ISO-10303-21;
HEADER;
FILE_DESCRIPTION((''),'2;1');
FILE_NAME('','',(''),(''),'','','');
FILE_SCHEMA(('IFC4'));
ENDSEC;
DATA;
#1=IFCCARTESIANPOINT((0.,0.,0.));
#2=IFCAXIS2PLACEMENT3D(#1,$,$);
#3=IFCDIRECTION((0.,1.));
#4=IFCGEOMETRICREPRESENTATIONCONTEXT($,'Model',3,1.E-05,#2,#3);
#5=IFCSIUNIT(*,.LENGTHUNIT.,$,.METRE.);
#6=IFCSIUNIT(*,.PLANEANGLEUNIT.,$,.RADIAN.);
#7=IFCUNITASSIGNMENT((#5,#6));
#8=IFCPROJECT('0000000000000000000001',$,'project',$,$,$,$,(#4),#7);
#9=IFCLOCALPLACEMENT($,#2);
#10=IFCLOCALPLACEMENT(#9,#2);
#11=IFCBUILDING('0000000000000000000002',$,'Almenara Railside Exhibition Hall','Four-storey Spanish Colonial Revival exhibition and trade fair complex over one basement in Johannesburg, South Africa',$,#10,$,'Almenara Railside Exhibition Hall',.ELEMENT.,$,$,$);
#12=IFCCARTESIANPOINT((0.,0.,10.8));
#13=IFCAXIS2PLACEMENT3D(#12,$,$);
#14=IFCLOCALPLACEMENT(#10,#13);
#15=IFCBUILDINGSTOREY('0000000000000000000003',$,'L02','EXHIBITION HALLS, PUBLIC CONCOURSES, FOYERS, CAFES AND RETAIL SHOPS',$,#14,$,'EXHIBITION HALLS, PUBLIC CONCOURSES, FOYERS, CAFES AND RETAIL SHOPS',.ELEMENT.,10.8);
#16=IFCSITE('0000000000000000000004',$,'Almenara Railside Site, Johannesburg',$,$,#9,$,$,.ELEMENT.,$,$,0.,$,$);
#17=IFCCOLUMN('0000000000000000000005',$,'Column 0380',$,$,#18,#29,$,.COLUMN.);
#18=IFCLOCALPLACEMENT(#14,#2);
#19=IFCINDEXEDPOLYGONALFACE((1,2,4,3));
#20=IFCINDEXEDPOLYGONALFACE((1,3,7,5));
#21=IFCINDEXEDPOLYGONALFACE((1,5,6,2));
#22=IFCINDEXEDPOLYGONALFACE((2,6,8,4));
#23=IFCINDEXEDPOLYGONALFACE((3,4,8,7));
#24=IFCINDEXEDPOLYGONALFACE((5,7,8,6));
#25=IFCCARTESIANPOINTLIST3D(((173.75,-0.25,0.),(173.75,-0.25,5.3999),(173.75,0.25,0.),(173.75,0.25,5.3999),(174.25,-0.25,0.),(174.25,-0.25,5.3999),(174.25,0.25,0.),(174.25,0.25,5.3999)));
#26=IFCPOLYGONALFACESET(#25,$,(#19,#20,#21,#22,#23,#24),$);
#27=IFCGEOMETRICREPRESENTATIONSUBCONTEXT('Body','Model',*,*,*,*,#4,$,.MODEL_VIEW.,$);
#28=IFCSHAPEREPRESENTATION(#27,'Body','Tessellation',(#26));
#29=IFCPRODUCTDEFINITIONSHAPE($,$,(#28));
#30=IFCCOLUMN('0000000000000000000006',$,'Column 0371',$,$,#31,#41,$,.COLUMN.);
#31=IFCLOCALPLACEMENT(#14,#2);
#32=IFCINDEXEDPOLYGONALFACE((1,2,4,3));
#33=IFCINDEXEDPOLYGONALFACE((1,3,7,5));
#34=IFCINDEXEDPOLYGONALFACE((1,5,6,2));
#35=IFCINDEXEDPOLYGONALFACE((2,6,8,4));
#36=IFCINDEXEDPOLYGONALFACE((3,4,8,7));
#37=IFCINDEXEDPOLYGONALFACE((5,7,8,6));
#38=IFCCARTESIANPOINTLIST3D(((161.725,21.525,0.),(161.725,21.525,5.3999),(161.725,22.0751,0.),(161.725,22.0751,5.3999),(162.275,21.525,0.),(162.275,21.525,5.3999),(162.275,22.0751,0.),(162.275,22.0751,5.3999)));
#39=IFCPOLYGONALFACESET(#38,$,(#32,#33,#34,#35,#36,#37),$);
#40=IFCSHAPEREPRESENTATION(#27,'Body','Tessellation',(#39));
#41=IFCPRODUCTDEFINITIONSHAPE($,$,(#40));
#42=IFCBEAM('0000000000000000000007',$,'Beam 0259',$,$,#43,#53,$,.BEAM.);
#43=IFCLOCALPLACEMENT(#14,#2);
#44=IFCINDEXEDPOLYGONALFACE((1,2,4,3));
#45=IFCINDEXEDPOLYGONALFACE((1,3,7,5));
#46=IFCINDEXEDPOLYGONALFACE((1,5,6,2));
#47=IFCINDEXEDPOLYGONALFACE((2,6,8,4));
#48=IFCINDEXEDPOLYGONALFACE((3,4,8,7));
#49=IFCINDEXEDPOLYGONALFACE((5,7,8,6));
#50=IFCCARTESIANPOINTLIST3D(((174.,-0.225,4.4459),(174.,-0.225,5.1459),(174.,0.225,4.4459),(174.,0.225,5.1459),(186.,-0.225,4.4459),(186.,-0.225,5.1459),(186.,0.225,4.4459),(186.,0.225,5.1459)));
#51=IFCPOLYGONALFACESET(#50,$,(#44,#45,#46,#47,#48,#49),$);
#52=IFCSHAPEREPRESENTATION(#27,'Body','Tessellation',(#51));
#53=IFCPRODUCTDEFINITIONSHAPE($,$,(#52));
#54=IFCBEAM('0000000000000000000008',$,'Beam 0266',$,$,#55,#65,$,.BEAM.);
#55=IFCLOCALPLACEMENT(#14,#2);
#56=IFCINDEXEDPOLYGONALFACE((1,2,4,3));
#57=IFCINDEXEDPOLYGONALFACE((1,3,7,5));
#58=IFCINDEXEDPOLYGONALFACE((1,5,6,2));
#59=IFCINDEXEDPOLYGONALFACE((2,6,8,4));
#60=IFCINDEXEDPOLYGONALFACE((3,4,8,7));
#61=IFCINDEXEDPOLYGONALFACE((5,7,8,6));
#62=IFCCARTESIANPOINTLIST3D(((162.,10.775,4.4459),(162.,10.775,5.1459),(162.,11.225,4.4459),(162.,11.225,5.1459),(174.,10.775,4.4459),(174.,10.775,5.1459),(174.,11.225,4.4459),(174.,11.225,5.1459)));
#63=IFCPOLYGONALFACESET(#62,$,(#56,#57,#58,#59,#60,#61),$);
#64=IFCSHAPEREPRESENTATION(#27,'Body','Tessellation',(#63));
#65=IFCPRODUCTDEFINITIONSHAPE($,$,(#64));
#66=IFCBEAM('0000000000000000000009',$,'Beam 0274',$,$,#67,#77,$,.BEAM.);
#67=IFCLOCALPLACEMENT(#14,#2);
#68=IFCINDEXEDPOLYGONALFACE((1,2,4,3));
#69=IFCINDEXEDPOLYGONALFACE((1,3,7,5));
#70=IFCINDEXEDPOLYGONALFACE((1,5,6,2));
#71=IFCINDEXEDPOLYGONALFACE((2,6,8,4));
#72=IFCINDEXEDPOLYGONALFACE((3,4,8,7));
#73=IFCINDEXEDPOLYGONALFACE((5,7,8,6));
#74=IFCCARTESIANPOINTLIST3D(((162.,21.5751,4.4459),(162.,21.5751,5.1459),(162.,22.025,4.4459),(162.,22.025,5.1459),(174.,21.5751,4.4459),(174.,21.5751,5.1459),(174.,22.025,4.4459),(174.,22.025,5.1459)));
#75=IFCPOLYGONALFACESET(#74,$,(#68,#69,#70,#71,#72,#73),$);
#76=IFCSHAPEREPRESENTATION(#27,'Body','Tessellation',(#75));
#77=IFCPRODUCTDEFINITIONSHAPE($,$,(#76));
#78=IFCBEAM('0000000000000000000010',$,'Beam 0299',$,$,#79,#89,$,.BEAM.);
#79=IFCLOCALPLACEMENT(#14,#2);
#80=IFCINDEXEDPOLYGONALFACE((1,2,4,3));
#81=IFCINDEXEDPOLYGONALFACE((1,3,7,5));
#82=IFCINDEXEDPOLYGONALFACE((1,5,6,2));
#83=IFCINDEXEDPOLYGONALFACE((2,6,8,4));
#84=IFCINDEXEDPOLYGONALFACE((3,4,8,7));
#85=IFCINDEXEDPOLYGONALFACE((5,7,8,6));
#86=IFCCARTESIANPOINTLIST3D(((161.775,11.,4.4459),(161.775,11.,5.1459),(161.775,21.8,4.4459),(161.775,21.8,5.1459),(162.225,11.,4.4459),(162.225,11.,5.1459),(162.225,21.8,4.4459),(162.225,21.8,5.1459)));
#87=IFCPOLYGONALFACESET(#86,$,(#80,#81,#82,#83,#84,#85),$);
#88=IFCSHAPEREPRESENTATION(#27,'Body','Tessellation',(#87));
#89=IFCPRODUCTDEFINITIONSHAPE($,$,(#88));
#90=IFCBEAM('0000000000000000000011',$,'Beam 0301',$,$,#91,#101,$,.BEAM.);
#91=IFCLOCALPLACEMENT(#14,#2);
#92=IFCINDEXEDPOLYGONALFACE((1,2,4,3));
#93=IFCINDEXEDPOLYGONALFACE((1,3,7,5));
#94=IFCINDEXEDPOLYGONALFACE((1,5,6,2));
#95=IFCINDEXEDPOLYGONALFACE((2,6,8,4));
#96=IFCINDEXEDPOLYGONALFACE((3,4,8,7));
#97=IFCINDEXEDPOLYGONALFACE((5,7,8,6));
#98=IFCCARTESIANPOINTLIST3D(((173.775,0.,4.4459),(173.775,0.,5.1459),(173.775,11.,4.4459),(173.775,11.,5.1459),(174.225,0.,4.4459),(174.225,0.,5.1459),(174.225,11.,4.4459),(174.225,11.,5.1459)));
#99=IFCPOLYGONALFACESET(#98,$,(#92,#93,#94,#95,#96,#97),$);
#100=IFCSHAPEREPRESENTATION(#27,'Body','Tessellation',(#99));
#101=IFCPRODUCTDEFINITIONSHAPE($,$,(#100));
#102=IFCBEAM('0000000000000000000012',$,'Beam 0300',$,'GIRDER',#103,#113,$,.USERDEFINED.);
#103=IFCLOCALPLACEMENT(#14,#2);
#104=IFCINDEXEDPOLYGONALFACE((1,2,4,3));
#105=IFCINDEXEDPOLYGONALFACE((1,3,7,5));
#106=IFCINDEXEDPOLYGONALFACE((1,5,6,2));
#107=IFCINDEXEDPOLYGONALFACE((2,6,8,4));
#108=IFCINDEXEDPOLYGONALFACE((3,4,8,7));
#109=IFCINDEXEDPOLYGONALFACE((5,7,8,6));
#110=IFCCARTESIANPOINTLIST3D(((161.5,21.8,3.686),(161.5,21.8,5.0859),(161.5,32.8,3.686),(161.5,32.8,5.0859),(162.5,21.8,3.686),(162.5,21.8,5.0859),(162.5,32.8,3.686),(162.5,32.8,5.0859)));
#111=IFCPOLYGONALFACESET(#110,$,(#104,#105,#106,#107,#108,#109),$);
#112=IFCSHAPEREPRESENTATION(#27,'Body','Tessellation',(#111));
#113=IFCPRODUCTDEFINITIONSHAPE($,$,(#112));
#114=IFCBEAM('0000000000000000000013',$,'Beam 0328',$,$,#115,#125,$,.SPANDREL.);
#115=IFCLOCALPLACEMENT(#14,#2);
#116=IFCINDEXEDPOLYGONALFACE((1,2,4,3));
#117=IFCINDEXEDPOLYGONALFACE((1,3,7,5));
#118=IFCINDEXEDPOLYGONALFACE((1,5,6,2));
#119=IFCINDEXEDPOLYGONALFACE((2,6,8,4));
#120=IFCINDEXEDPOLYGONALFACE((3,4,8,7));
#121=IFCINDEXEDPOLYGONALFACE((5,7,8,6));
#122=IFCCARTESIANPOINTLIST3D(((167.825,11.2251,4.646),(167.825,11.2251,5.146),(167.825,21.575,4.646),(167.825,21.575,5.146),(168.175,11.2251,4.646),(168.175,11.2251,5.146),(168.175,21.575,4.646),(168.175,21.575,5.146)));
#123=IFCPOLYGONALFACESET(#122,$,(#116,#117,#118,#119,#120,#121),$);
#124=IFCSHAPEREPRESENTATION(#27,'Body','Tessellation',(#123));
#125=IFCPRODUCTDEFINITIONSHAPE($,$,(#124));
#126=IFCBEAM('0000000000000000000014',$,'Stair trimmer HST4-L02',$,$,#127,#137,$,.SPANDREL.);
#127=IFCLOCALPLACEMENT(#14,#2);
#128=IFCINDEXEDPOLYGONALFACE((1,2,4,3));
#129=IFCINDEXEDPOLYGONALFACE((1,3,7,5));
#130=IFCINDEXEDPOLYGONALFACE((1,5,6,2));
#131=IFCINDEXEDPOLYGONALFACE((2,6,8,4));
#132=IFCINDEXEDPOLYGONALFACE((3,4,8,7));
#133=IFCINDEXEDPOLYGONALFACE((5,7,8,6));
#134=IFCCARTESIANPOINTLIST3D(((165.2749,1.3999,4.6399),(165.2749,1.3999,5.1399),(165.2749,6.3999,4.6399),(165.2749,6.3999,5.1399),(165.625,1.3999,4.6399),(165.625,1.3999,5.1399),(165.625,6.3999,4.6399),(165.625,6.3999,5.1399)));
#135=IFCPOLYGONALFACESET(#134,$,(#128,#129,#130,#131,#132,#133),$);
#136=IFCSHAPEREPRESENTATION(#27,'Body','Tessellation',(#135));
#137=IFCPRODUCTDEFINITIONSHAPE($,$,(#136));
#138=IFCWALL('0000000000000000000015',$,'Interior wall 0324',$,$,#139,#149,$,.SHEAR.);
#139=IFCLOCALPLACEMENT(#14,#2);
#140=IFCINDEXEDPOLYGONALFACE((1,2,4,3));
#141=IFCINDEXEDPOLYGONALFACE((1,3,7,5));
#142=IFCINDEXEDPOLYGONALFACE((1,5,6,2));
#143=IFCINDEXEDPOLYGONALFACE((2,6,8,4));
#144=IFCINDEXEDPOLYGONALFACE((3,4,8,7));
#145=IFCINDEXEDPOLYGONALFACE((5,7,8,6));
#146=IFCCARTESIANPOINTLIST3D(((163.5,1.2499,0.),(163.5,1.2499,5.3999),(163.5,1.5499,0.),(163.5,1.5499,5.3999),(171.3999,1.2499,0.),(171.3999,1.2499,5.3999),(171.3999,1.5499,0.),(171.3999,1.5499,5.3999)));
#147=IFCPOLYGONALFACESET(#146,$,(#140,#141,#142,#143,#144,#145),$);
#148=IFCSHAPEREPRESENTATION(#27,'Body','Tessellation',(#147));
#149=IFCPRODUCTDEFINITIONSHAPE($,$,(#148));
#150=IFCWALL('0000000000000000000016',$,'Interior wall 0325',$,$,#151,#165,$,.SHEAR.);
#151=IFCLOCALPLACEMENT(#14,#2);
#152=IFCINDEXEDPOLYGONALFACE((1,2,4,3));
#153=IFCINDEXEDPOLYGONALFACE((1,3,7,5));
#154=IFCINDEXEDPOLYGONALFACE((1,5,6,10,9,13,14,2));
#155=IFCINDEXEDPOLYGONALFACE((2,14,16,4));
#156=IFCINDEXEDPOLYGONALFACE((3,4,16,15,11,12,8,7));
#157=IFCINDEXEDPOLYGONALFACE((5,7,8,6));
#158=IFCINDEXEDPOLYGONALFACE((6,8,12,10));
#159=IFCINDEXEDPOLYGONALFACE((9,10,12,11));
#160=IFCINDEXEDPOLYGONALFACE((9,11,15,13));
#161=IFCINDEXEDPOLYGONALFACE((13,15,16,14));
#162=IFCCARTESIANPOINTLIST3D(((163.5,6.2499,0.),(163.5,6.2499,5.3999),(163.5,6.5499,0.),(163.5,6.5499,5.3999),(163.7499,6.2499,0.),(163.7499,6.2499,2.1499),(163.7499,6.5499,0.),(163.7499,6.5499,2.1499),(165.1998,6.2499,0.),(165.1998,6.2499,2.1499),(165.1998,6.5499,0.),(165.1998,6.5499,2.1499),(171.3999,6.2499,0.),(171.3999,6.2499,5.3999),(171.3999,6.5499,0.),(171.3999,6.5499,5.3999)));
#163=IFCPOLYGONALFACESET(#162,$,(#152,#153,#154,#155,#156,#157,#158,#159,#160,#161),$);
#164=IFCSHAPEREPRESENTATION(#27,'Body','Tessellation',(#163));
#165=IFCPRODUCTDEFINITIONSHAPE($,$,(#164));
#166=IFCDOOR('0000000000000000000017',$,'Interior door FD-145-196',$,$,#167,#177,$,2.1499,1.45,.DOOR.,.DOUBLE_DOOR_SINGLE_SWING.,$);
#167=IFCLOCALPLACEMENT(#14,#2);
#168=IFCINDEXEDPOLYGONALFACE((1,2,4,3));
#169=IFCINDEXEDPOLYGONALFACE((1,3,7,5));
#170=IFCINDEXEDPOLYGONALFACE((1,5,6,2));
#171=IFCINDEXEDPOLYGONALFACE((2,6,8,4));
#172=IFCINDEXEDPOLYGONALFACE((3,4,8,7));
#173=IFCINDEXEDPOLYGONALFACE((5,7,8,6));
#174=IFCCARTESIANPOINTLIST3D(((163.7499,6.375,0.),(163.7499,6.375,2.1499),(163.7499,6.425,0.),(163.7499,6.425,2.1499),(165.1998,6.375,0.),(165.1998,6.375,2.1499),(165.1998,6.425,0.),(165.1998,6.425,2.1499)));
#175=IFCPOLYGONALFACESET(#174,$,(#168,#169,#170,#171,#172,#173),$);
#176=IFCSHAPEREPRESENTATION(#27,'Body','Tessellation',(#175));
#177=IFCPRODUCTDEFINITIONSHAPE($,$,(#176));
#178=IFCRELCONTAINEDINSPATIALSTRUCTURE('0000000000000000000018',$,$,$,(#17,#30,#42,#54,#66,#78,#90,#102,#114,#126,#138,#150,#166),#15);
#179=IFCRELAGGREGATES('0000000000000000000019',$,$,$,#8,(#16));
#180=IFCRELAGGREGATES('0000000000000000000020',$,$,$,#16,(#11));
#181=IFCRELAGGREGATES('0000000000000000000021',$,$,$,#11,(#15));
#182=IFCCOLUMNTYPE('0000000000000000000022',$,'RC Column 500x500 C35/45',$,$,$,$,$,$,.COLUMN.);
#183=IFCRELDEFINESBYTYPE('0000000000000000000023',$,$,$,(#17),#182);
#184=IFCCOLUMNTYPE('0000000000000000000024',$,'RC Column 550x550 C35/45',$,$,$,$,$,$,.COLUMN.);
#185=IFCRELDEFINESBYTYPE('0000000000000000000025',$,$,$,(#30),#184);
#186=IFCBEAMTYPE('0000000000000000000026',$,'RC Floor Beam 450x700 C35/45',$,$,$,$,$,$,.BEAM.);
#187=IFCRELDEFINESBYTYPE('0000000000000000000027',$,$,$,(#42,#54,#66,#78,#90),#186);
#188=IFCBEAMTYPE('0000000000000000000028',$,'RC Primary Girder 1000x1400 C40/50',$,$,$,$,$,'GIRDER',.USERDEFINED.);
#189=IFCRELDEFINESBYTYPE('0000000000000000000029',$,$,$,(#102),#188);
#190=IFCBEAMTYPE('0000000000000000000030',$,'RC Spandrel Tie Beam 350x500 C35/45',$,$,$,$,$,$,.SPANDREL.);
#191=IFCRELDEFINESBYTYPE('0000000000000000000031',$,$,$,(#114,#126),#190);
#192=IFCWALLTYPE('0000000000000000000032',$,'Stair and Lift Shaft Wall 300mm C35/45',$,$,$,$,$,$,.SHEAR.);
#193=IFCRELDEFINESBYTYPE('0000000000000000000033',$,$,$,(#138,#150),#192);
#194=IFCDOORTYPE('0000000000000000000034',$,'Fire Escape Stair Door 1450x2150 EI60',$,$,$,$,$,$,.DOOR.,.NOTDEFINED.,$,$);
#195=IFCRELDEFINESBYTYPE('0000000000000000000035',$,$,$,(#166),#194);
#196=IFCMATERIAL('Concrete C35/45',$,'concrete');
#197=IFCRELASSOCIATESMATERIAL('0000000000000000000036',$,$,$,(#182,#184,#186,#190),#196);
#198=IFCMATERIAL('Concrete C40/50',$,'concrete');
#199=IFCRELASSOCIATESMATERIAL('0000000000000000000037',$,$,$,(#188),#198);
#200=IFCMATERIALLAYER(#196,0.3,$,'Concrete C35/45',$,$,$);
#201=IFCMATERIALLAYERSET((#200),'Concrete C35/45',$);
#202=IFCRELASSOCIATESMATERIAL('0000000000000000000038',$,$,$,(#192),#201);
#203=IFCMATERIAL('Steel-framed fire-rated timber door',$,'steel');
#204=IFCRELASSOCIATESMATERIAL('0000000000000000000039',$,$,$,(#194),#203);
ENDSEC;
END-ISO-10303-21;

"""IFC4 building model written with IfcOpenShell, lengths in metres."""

from ifc_helpers import new_model, si_unit, direction, frame, frame_2d, origin, origin_2d, place, context, subcontext, project, spatial, rectangle, extrude, material, layer, layer_set, material_profile, profile_set, type_object, element, fill, save


model = new_model("IFC4")

# Units and contexts
model_context = context("Model", 3, precision=1e-05, world=origin(), true_north=direction((0.0, 1.0)))
body_context = subcontext(model_context, "Body", "Model", "MODEL_VIEW")
ifc_project = project(units=[si_unit("LENGTHUNIT", "METRE"), si_unit("PLANEANGLEUNIT", "RADIAN")], contexts=[model_context])

# Site, building, storey
site_placement = place(None, origin())
site = spatial("IfcSite", under=ifc_project, at=site_placement, Name="Almenara Railside Site, Johannesburg", CompositionType="ELEMENT", RefElevation=0.0)
building_placement = place(site_placement, origin())
building = spatial("IfcBuilding", under=site, at=building_placement, Name="Almenara Railside Exhibition Hall", Description="Four-storey Spanish Colonial Revival exhibition and trade fair complex over one basement in Johannesburg, South Africa", LongName="Almenara Railside Exhibition Hall", CompositionType="ELEMENT")
storey_placement = place(building_placement, frame((0.0, 0.0, 10.8)))
storey = spatial("IfcBuildingStorey", under=building, at=storey_placement, Name="L02", Description="EXHIBITION HALLS, PUBLIC CONCOURSES, FOYERS, CAFES AND RETAIL SHOPS", LongName="EXHIBITION HALLS, PUBLIC CONCOURSES, FOYERS, CAFES AND RETAIL SHOPS", CompositionType="ELEMENT", Elevation=10.8)

# Columns
ifc_material_1 = material(Name="Concrete C35/45", Category="concrete")
ifc_material_profile_1 = material_profile(ifc_material_1, rectangle(XDim=0.5, YDim=0.5, at=origin_2d()), Name="RC 500x500")
ifc_profile_set_1 = profile_set([ifc_material_profile_1], Name="Concrete C35/45")
column_type_1 = type_object("IfcColumnType", Name="RC Column 500x500 C35/45", PredefinedType="COLUMN", material=ifc_profile_set_1)
column_1_placement = place(storey_placement, frame((174.0, 0.0, 0.0), z_axis=(0.0, 0.0, 1.0), x_axis=(1.0, 0.0, 0.0)))
element("IfcColumn", 1, at=column_1_placement, inside=storey, type_object=column_type_1, Name="Column 0380", PredefinedType="COLUMN", context=body_context, shape_type="SweptSolid", body=[
    extrude(rectangle(XDim=0.5, YDim=0.5, at=origin_2d()), origin(), (0.0, 0.0, 1.0), 5.3999),
])
ifc_material_profile_2 = material_profile(ifc_material_1, rectangle(XDim=0.55, YDim=0.55, at=origin_2d()), Name="RC 550x550")
ifc_profile_set_2 = profile_set([ifc_material_profile_2], Name="Concrete C35/45")
column_type_2 = type_object("IfcColumnType", Name="RC Column 550x550 C35/45", PredefinedType="COLUMN", material=ifc_profile_set_2)
column_2_placement = place(storey_placement, frame((162.0, 21.8, 0.0), z_axis=(0.0, 0.0, 1.0), x_axis=(1.0, 0.0, 0.0)))
element("IfcColumn", 2, at=column_2_placement, inside=storey, type_object=column_type_2, Name="Column 0371", PredefinedType="COLUMN", context=body_context, shape_type="SweptSolid", body=[
    extrude(rectangle(XDim=0.55, YDim=0.55, at=origin_2d()), origin(), (0.0, 0.0, 1.0), 5.3999),
])

# Beams
ifc_material_profile_3 = material_profile(ifc_material_1, rectangle(XDim=0.45, YDim=0.7, at=origin_2d()), Name="RC 450x700")
ifc_profile_set_3 = profile_set([ifc_material_profile_3], Name="Concrete C35/45")
beam_type_1 = type_object("IfcBeamType", Name="RC Floor Beam 450x700 C35/45", PredefinedType="BEAM", material=ifc_profile_set_3)
for number, where, z_axis, x_axis, name in (
    (3, (174.0, 0.0, 4.7959), (1.0, 0.0, 0.0), (0.0, 1.0, 0.0), "Beam 0259"),
    (4, (162.0, 11.0, 4.7959), (1.0, 0.0, 0.0), (0.0, 1.0, 0.0), "Beam 0266"),
    (5, (162.0, 21.8, 4.7959), (1.0, 0.0, 0.0), (0.0, 1.0, 0.0), "Beam 0274"),
):
    element("IfcBeam", number, at=place(storey_placement, frame(where, z_axis=z_axis, x_axis=x_axis)), inside=storey, type_object=beam_type_1, Name=name, PredefinedType="BEAM", context=body_context, shape_type="SweptSolid", body=[
        extrude(rectangle(XDim=0.45, YDim=0.7, at=origin_2d()), origin(), (0.0, 0.0, 1.0), 12.0),
    ])
beam_1_placement = place(storey_placement, frame((162.0, 11.0, 4.7959), z_axis=(0.0, 1.0, 0.0), x_axis=(-1.0, 0.0, 0.0)))
element("IfcBeam", 6, at=beam_1_placement, inside=storey, type_object=beam_type_1, Name="Beam 0299", PredefinedType="BEAM", context=body_context, shape_type="SweptSolid", body=[
    extrude(rectangle(XDim=0.45, YDim=0.7, at=origin_2d()), origin(), (0.0, 0.0, 1.0), 10.8),
])
beam_2_placement = place(storey_placement, frame((174.0, 0.0, 4.7959), z_axis=(0.0, 1.0, 0.0), x_axis=(-1.0, 0.0, 0.0)))
element("IfcBeam", 7, at=beam_2_placement, inside=storey, type_object=beam_type_1, Name="Beam 0301", PredefinedType="BEAM", context=body_context, shape_type="SweptSolid", body=[
    extrude(rectangle(XDim=0.45, YDim=0.7, at=origin_2d()), origin(), (0.0, 0.0, 1.0), 11.0),
])
ifc_material_2 = material(Name="Concrete C40/50", Category="concrete")
ifc_material_profile_4 = material_profile(ifc_material_2, rectangle(XDim=1.0, YDim=1.3999, at=origin_2d()), Name="RC 1000x1400")
ifc_profile_set_4 = profile_set([ifc_material_profile_4], Name="Concrete C40/50")
beam_type_2 = type_object("IfcBeamType", Name="RC Primary Girder 1000x1400 C40/50", ElementType="GIRDER", PredefinedType="USERDEFINED", material=ifc_profile_set_4)
beam_3_placement = place(storey_placement, frame((162.0, 21.8, 4.386), z_axis=(0.0, 1.0, 0.0), x_axis=(-1.0, 0.0, 0.0)))
element("IfcBeam", 8, at=beam_3_placement, inside=storey, type_object=beam_type_2, Name="Beam 0300", ObjectType="GIRDER", PredefinedType="USERDEFINED", context=body_context, shape_type="SweptSolid", body=[
    extrude(rectangle(XDim=1.0, YDim=1.3999, at=origin_2d()), origin(), (0.0, 0.0, 1.0), 11.0),
])
ifc_material_profile_5 = material_profile(ifc_material_1, rectangle(XDim=0.3501, YDim=0.5, at=origin_2d()), Name="RC 350x500")
ifc_profile_set_5 = profile_set([ifc_material_profile_5], Name="Concrete C35/45")
beam_type_3 = type_object("IfcBeamType", Name="RC Spandrel Tie Beam 350x500 C35/45", PredefinedType="SPANDREL", material=ifc_profile_set_5)
beam_4_placement = place(storey_placement, frame((168.0, 11.2251, 4.896), z_axis=(0.0, 1.0, 0.0), x_axis=(-1.0, 0.0, 0.0)))
element("IfcBeam", 9, at=beam_4_placement, inside=storey, type_object=beam_type_3, Name="Beam 0328", PredefinedType="SPANDREL", context=body_context, shape_type="SweptSolid", body=[
    extrude(rectangle(XDim=0.3501, YDim=0.5, at=origin_2d()), origin(), (0.0, 0.0, 1.0), 10.3499),
])
beam_5_placement = place(storey_placement, frame((165.45, 1.3999, 4.8899), z_axis=(0.0, 1.0, 0.0), x_axis=(-1.0, 0.0, 0.0)))
element("IfcBeam", 10, at=beam_5_placement, inside=storey, type_object=beam_type_3, Name="Stair trimmer HST4-L02", PredefinedType="SPANDREL", context=body_context, shape_type="SweptSolid", body=[
    extrude(rectangle(XDim=0.3501, YDim=0.5, at=origin_2d()), origin(), (0.0, 0.0, 1.0), 5.0),
])

# Wall
ifc_layer = layer(ifc_material_1, 0.3, Name="Concrete C35/45")
ifc_layer_set = layer_set([ifc_layer], Name="Concrete C35/45")
wall_type = type_object("IfcWallType", Name="Stair and Lift Shaft Wall 300mm C35/45", PredefinedType="SHEAR", material=ifc_layer_set)
wall_1_placement = place(storey_placement, frame((163.5, 1.3999, 0.0), z_axis=(0.0, 0.0, 1.0), x_axis=(1.0, 0.0, 0.0)))
element("IfcWall", 11, at=wall_1_placement, inside=storey, type_object=wall_type, Name="Interior wall 0324", PredefinedType="SHEAR", context=body_context, shape_type="SweptSolid", body=[
    extrude(rectangle(XDim=7.8999, YDim=0.3, at=frame_2d((3.95, 0.0))), origin(), (0.0, 0.0, 1.0), 5.3999),
])

# Wall, opening, door
wall_2_placement = place(storey_placement, frame((171.3999, 6.3999, 0.0), z_axis=(0.0, 0.0, 1.0), x_axis=(-1.0, 0.0, 0.0)))
wall_2 = element("IfcWall", 12, at=wall_2_placement, inside=storey, type_object=wall_type, Name="Interior wall 0325", PredefinedType="SHEAR", context=body_context, shape_type="SweptSolid", body=[
    extrude(rectangle(XDim=7.8999, YDim=0.3, at=frame_2d((3.95, 0.0))), origin(), (0.0, 0.0, 1.0), 5.3999),
])
opening_placement = place(wall_2_placement, frame((6.2, 0.0, 0.0)))
opening = element("IfcOpeningElement", 13, at=opening_placement, cuts=wall_2, PredefinedType="OPENING", context=body_context, shape_type="SweptSolid", body=[
    extrude(rectangle(XDim=1.45, YDim=2.1499, at=frame_2d((0.7251, 1.075))), frame((0.0, 0.1599, 0.0), z_axis=(0.0, -1.0, 0.0), x_axis=(1.0, 0.0, 0.0)), (0.0, 0.0, 1.0), 0.3201),
])
ifc_material_3 = material(Name="Steel-framed fire-rated timber door", Category="steel")
door_type = type_object("IfcDoorType", Name="Fire Escape Stair Door 1450x2150 EI60", OperationType="NOTDEFINED", PredefinedType="DOOR", material=ifc_material_3)
door_placement = place(opening_placement, origin())
door = element("IfcDoor", 14, at=door_placement, inside=storey, type_object=door_type, Name="Interior door FD-145-196", OperationType="DOUBLE_DOOR_SINGLE_SWING", OverallHeight=2.1499, OverallWidth=1.45, PredefinedType="DOOR", context=body_context, shape_type="SweptSolid", body=[
    extrude(rectangle(XDim=1.45, YDim=2.1499, at=frame_2d((0.7251, 1.075))), frame((0.0, 0.0249, 0.0), z_axis=(0.0, -1.0, 0.0), x_axis=(1.0, 0.0, 0.0)), (0.0, 0.0, 1.0), 0.05),
])
fill(opening, door)

save(model, "model.ifc")
